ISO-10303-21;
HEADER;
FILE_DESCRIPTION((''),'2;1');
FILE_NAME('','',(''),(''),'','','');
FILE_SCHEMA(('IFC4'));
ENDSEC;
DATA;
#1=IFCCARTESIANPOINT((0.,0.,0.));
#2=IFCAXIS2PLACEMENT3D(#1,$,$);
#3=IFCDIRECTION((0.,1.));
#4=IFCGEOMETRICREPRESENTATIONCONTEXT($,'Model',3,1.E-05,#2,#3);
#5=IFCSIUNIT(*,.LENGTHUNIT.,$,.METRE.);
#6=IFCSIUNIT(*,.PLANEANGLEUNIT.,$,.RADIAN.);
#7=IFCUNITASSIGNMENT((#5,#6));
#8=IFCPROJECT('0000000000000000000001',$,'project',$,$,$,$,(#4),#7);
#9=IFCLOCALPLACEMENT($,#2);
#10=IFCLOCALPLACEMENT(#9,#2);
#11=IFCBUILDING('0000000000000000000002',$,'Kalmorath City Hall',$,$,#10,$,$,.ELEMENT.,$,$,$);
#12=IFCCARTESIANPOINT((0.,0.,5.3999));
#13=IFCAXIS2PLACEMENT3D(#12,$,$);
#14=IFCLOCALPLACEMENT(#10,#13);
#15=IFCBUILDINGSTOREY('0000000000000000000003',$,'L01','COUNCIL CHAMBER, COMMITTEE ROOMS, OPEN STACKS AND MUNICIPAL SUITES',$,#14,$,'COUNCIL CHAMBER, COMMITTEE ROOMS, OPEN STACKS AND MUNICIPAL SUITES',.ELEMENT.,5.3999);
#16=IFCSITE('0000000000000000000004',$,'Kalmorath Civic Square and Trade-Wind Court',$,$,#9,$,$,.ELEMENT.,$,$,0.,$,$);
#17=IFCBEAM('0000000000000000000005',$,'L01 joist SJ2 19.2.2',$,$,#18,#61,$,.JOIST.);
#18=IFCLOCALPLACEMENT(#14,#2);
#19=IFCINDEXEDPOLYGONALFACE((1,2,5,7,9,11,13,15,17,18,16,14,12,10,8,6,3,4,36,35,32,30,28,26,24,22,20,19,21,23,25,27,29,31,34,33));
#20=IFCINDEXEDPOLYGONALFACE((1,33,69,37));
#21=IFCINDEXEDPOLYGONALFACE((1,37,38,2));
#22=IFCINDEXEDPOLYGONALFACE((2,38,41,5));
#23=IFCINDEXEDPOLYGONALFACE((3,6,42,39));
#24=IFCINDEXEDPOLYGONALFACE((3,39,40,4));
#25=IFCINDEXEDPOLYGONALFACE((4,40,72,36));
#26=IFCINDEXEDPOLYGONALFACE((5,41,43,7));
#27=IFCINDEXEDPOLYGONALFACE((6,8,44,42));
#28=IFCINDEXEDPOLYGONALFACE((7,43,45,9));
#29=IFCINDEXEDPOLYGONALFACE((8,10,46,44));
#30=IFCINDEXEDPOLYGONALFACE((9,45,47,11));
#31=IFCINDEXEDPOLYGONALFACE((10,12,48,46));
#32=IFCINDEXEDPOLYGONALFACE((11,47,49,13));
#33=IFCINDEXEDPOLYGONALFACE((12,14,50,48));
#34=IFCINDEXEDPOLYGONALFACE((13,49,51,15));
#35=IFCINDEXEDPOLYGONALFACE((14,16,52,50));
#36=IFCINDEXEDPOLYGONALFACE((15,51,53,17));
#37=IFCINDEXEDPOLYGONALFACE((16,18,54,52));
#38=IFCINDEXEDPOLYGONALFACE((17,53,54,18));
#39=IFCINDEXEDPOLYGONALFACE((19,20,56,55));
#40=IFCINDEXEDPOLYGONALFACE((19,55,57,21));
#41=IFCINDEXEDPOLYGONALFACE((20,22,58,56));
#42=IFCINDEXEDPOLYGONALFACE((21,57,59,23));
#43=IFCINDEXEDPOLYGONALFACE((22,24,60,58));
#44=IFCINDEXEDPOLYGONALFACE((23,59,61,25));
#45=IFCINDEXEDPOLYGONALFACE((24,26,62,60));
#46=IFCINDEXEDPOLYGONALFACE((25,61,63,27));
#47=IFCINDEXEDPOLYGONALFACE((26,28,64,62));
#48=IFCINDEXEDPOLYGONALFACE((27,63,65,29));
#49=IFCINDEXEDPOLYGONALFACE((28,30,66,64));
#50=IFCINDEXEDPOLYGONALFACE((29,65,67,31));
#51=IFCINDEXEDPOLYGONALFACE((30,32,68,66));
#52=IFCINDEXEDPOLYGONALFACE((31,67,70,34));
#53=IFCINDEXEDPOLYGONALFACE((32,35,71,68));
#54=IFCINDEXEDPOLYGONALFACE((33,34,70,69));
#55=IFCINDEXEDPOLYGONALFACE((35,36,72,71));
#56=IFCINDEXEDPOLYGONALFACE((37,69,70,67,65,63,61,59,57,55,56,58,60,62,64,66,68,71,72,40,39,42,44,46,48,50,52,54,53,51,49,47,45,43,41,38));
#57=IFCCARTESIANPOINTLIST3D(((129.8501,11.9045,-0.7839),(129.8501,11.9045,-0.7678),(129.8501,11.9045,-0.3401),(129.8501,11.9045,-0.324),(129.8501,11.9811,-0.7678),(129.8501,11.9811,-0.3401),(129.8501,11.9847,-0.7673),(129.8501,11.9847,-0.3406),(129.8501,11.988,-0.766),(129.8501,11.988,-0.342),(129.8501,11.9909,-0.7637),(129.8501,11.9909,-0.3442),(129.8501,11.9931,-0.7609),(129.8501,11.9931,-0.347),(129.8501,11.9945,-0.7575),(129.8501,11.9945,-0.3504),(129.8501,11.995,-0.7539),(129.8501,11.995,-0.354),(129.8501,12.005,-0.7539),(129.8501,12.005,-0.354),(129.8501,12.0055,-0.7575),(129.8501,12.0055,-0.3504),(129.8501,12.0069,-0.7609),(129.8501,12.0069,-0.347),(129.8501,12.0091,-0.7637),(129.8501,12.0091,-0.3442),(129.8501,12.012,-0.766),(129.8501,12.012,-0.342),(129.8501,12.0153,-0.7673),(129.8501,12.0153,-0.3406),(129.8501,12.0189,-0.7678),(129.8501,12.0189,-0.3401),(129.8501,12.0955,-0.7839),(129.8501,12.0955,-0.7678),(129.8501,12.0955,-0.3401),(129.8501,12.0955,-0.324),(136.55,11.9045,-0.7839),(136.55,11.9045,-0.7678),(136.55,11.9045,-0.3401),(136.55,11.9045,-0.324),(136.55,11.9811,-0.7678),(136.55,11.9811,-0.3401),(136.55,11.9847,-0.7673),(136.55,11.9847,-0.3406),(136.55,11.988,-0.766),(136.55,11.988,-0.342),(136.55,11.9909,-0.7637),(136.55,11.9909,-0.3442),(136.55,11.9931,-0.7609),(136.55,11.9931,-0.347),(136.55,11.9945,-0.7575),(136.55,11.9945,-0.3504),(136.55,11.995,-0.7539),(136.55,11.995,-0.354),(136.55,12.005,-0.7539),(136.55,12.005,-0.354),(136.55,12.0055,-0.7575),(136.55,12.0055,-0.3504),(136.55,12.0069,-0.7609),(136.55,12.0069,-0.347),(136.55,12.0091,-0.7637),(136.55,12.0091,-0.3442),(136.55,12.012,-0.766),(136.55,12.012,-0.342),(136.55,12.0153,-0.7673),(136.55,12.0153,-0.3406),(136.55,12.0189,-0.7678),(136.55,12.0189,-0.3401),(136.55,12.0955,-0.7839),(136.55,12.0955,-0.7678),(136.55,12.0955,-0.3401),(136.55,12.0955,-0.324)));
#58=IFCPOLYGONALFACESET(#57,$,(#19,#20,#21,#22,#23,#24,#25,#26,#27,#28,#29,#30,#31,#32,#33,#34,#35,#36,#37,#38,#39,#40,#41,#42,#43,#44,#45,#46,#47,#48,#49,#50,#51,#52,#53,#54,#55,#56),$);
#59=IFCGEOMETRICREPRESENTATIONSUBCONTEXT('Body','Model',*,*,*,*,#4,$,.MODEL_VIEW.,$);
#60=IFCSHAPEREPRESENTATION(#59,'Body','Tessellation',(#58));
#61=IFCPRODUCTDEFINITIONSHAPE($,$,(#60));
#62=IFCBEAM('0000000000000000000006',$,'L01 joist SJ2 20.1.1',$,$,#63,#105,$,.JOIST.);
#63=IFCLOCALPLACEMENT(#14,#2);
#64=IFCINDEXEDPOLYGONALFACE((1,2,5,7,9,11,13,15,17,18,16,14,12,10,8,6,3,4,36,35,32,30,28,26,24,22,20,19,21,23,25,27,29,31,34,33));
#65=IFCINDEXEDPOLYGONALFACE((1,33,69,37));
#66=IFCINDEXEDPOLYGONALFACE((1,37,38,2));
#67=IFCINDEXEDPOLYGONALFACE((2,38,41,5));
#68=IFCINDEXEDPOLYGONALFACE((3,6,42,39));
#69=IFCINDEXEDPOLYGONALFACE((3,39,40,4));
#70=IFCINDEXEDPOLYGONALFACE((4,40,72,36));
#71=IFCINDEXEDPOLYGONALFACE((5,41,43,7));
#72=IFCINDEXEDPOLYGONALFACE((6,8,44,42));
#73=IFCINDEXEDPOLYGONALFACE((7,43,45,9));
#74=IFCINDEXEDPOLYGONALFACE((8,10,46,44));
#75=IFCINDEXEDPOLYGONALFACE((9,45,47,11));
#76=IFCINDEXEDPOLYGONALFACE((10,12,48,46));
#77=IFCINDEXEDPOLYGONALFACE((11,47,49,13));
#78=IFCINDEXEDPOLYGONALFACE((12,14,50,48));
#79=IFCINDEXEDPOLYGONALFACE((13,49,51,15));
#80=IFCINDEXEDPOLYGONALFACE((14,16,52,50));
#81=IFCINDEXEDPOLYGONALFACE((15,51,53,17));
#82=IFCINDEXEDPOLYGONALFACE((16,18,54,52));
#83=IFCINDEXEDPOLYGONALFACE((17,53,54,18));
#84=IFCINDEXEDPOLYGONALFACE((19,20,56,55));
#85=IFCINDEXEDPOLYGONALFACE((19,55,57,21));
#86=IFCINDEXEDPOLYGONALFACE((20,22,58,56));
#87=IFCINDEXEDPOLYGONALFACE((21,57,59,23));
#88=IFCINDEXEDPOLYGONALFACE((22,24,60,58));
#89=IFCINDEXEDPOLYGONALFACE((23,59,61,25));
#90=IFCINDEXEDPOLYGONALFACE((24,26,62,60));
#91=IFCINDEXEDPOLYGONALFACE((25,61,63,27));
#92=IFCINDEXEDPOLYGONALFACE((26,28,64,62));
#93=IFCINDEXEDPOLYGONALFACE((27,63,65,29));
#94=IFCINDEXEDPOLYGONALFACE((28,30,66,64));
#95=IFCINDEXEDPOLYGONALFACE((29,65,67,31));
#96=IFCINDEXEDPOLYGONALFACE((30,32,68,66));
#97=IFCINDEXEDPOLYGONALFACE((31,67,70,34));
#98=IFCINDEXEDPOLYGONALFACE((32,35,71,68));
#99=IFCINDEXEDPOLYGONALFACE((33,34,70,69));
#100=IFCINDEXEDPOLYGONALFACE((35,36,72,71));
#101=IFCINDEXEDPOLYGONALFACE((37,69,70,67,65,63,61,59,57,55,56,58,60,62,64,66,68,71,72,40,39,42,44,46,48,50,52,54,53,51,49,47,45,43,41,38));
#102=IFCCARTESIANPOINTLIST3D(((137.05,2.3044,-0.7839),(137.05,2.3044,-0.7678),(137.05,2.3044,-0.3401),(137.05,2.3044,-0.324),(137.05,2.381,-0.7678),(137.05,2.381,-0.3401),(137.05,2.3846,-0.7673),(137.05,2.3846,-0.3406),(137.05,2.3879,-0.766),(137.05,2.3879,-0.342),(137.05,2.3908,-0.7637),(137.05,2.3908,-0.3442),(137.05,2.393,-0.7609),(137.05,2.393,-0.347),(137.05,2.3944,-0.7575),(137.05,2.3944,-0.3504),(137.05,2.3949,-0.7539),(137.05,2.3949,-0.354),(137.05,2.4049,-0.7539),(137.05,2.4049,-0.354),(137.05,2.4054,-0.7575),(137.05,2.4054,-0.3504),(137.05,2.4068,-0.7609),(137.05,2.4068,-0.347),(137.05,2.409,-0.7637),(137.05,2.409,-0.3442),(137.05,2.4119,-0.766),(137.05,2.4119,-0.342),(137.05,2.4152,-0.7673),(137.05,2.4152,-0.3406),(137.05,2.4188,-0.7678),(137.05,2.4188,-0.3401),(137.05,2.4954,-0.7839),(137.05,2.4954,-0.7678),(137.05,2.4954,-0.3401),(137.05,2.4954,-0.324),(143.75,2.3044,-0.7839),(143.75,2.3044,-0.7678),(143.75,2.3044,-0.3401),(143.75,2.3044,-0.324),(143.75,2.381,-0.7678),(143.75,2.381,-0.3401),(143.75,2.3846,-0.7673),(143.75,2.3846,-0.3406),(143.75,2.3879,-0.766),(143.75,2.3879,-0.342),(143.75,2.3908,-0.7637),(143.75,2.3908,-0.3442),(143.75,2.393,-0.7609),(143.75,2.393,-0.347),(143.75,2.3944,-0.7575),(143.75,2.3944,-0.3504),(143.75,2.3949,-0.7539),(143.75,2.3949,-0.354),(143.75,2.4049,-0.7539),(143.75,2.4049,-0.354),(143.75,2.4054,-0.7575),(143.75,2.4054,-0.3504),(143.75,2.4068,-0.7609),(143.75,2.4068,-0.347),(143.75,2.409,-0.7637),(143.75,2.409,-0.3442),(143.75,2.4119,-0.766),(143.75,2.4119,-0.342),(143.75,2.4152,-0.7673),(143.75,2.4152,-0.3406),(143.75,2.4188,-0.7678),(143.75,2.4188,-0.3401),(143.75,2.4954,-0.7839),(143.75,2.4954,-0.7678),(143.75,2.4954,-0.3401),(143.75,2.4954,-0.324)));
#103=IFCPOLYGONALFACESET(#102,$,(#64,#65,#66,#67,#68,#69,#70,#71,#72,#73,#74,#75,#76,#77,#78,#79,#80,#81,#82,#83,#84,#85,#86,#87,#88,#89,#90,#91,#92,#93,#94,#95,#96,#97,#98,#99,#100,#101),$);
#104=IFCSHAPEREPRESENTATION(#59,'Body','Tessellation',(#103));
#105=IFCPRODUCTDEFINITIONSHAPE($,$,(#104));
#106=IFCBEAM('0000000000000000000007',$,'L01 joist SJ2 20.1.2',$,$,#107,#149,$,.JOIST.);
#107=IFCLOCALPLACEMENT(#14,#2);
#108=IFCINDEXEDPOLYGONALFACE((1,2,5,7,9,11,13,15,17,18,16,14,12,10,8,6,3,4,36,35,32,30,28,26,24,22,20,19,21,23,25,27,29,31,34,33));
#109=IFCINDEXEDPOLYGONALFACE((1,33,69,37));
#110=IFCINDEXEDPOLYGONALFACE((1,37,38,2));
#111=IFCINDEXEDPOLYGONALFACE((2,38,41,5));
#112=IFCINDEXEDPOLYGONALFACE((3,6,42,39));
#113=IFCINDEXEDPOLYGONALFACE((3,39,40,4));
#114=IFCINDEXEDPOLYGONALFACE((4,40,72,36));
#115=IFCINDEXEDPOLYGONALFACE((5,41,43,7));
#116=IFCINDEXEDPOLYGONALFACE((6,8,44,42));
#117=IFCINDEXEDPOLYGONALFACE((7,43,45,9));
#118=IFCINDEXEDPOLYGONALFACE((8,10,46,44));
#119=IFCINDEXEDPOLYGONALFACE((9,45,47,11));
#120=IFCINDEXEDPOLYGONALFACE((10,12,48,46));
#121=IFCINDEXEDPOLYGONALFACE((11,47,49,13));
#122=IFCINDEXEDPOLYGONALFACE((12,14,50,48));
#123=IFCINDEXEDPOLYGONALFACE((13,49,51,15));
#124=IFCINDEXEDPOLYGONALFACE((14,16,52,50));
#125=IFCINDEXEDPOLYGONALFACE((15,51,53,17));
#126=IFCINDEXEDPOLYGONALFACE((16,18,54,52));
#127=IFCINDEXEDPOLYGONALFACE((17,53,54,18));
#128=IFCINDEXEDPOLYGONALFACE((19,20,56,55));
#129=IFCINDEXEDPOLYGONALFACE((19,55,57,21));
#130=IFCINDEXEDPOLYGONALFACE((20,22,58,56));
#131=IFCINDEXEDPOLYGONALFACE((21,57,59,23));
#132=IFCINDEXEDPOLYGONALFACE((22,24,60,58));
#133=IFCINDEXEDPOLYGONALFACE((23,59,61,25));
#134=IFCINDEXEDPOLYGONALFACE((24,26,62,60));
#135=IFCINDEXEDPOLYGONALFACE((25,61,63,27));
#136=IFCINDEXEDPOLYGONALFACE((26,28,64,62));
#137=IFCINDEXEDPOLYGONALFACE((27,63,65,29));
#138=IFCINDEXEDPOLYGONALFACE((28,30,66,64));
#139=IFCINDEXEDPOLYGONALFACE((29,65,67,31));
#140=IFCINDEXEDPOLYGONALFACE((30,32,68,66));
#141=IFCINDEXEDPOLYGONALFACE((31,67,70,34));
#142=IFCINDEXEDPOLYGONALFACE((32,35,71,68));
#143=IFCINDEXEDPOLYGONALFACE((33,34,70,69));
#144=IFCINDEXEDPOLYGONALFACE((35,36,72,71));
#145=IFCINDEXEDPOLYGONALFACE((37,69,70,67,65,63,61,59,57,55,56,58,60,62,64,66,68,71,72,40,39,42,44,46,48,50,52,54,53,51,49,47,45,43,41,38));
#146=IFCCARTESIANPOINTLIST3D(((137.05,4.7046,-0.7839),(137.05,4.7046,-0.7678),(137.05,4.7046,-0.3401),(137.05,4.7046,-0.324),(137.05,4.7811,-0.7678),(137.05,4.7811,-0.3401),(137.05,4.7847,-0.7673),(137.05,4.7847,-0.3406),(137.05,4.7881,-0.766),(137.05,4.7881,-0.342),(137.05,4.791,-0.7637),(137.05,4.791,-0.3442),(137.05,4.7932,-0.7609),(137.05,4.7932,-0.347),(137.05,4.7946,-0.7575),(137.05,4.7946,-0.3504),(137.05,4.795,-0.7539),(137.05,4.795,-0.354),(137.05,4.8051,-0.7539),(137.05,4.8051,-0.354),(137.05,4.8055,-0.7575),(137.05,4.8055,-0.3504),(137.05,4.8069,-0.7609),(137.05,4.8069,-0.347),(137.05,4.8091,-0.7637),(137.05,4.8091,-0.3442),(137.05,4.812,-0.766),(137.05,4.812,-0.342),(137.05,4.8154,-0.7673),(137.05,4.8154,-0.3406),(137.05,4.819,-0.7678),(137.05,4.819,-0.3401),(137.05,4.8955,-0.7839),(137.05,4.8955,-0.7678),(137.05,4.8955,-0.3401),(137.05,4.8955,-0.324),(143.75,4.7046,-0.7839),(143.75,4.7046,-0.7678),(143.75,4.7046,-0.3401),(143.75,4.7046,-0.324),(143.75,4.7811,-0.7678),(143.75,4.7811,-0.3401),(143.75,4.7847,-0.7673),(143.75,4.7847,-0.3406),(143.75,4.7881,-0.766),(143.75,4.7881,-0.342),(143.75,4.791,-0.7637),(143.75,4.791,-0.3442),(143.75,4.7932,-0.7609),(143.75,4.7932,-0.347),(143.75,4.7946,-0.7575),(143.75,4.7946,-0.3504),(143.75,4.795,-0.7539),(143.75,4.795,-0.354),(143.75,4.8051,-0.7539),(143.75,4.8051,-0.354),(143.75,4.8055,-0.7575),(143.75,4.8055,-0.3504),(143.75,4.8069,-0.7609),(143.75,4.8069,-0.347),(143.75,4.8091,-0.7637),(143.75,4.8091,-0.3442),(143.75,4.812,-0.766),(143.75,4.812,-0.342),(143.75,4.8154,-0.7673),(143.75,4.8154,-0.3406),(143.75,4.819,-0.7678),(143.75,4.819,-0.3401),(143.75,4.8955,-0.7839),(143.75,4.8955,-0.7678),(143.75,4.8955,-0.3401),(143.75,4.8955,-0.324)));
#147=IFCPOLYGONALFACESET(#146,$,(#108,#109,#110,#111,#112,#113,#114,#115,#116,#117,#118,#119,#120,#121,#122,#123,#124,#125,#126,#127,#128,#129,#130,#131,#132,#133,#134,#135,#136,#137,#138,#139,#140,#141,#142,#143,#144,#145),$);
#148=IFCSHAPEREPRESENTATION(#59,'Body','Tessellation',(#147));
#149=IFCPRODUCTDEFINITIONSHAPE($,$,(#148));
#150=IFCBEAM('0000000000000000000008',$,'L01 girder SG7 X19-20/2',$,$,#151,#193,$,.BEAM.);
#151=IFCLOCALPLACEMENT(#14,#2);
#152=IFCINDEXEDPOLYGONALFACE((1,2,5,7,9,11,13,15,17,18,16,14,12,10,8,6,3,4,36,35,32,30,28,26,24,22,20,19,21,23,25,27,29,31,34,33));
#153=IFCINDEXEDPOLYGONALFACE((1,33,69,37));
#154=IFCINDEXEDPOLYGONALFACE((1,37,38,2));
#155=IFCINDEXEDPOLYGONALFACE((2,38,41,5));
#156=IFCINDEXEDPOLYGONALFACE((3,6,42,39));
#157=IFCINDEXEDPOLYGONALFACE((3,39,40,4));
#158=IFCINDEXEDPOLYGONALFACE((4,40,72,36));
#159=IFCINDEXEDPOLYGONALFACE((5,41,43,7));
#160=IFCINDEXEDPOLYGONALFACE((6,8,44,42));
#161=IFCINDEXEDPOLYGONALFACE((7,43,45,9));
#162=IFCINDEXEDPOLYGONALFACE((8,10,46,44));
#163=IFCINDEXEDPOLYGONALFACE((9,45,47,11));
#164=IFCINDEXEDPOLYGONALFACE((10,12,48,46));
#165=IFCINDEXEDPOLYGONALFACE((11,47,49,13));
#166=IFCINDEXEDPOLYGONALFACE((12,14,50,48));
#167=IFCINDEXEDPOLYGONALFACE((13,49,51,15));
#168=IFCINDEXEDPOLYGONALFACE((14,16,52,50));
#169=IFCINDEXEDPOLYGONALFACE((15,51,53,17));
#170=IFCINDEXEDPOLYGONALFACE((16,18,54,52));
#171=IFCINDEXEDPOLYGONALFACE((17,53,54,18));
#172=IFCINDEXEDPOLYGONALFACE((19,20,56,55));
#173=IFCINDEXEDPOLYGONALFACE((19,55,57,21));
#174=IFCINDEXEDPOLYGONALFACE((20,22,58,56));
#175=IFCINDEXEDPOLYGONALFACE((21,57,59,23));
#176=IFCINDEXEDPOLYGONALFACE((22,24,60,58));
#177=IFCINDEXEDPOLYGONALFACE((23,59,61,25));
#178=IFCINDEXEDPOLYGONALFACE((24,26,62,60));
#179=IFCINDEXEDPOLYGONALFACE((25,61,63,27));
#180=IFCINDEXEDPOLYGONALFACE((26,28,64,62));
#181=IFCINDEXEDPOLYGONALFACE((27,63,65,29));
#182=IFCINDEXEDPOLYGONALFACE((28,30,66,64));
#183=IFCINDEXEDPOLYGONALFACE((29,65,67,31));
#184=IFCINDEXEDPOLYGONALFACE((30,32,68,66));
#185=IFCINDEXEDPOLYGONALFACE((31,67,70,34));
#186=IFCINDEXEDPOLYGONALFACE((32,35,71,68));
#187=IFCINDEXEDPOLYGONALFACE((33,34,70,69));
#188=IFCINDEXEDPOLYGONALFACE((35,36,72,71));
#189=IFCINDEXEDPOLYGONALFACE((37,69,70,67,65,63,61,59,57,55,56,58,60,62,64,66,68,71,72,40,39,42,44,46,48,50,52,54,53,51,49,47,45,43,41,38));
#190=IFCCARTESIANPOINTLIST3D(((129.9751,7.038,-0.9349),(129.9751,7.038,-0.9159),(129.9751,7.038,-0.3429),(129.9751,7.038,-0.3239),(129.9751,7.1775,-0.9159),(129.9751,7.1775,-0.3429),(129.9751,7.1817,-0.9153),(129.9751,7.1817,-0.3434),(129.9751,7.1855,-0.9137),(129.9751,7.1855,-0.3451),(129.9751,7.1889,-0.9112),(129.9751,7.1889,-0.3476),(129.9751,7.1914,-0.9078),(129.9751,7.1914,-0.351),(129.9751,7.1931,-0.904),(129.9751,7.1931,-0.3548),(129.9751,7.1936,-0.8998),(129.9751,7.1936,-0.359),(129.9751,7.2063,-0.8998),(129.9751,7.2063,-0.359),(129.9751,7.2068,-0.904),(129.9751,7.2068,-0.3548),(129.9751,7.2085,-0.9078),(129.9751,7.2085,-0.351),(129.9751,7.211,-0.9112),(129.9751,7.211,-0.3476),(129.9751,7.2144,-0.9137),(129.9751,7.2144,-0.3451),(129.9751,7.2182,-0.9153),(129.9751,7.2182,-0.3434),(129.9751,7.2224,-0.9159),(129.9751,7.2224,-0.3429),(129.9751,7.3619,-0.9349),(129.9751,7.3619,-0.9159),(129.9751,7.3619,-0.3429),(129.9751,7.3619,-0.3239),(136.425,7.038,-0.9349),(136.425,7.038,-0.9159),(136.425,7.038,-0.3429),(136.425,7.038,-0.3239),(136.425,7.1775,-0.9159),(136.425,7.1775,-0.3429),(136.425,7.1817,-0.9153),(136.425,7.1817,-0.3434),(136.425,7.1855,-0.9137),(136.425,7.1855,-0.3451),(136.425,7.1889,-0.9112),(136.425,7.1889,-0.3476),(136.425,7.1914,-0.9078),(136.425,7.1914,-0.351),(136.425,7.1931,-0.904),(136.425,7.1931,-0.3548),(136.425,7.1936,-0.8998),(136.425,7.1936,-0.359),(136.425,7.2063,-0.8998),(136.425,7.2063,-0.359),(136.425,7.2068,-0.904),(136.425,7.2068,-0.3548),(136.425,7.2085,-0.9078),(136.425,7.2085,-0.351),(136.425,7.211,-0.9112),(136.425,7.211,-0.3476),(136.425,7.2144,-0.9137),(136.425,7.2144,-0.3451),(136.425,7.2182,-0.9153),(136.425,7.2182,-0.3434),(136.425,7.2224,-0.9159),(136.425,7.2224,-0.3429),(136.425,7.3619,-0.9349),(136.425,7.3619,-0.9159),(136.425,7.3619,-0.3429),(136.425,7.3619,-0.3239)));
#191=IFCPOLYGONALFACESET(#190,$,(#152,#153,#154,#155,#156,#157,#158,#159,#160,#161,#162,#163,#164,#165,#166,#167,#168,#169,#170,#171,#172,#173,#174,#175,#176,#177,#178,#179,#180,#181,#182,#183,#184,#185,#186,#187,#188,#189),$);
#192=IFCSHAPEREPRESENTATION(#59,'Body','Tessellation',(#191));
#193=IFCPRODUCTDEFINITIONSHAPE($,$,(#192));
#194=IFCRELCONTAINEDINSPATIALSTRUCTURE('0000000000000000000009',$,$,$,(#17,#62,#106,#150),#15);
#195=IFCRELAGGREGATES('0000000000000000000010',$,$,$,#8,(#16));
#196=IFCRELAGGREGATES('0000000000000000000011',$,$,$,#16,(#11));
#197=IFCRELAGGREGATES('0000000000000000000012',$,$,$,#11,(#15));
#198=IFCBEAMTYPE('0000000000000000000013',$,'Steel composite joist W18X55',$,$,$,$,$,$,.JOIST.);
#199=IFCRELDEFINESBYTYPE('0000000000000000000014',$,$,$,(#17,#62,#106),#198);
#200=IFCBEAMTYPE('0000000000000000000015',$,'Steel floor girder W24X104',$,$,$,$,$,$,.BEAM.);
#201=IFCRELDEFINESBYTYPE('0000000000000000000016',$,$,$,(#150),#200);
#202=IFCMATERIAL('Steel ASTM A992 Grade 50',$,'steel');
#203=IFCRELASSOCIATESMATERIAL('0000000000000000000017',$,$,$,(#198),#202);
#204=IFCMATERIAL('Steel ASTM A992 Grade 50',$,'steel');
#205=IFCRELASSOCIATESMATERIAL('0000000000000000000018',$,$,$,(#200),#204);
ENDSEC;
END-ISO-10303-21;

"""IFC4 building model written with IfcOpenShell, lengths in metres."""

from ifc_helpers import new_model, si_unit, direction, frame, origin, origin_2d, place, context, subcontext, project, spatial, i_section, extrude, material, material_profile, profile_set, type_object, element, save


model = new_model("IFC4")

# Units and contexts
model_context = context("Model", 3, precision=1e-05, world=origin(), true_north=direction((0.0, 1.0)))
body_context = subcontext(model_context, "Body", "Model", "MODEL_VIEW")
ifc_project = project(units=[si_unit("LENGTHUNIT", "METRE"), si_unit("PLANEANGLEUNIT", "RADIAN")], contexts=[model_context])

# Site, building, storey
site_placement = place(None, origin())
site = spatial("IfcSite", under=ifc_project, at=site_placement, Name="Kalmorath Civic Square and Trade-Wind Court", CompositionType="ELEMENT", RefElevation=0.0)
building_placement = place(site_placement, origin())
building = spatial("IfcBuilding", under=site, at=building_placement, Name="Kalmorath City Hall", CompositionType="ELEMENT")
storey_placement = place(building_placement, frame((0.0, 0.0, 5.3999)))
storey = spatial("IfcBuildingStorey", under=building, at=storey_placement, Name="L01", Description="COUNCIL CHAMBER, COMMITTEE ROOMS, OPEN STACKS AND MUNICIPAL SUITES", LongName="COUNCIL CHAMBER, COMMITTEE ROOMS, OPEN STACKS AND MUNICIPAL SUITES", CompositionType="ELEMENT", Elevation=5.3999)

# Beams
ifc_material_1 = material(Name="Steel ASTM A992 Grade 50", Category="steel")
ifc_material_profile_1 = material_profile(ifc_material_1, i_section(OverallWidth=0.1909, OverallDepth=0.46, WebThickness=0.01, FlangeThickness=0.0161, FilletRadius=0.0139, at=origin_2d()), Name="W18X55")
ifc_profile_set_1 = profile_set([ifc_material_profile_1], Name="Steel ASTM A992 Grade 50")
beam_type_1 = type_object("IfcBeamType", Name="Steel composite joist W18X55", PredefinedType="JOIST", material=ifc_profile_set_1)
for number, where, z_axis, x_axis, name in (
    (1, (129.8501, 12.0, -0.554), (1.0, 0.0, 0.0), (0.0, 1.0, 0.0), "L01 joist SJ2 19.2.2"),
    (2, (137.05, 2.3999, -0.554), (1.0, 0.0, 0.0), (0.0, 1.0, 0.0), "L01 joist SJ2 20.1.1"),
    (3, (137.05, 4.8, -0.554), (1.0, 0.0, 0.0), (0.0, 1.0, 0.0), "L01 joist SJ2 20.1.2"),
):
    element("IfcBeam", number, at=place(storey_placement, frame(where, z_axis=z_axis, x_axis=x_axis)), inside=storey, type_object=beam_type_1, Name=name, PredefinedType="JOIST", context=body_context, shape_type="SweptSolid", body=[
        extrude(i_section(OverallWidth=0.1909, OverallDepth=0.46, WebThickness=0.01, FlangeThickness=0.0161, FilletRadius=0.0139, at=origin_2d()), origin(), (0.0, 0.0, 1.0), 6.7),
    ])
ifc_material_2 = material(Name="Steel ASTM A992 Grade 50", Category="steel")
ifc_material_profile_2 = material_profile(ifc_material_2, i_section(OverallWidth=0.324, OverallDepth=0.6111, WebThickness=0.0127, FlangeThickness=0.019, FilletRadius=0.0161, at=origin_2d()), Name="W24X104")
ifc_profile_set_2 = profile_set([ifc_material_profile_2], Name="Steel ASTM A992 Grade 50")
beam_type_2 = type_object("IfcBeamType", Name="Steel floor girder W24X104", PredefinedType="BEAM", material=ifc_profile_set_2)
beam_1_placement = place(storey_placement, frame((129.9751, 7.2, -0.6294), z_axis=(1.0, 0.0, 0.0), x_axis=(0.0, 1.0, 0.0)))
element("IfcBeam", 4, at=beam_1_placement, inside=storey, type_object=beam_type_2, Name="L01 girder SG7 X19-20/2", PredefinedType="BEAM", context=body_context, shape_type="SweptSolid", body=[
    extrude(i_section(OverallWidth=0.324, OverallDepth=0.6111, WebThickness=0.0127, FlangeThickness=0.019, FilletRadius=0.0161, at=origin_2d()), origin(), (0.0, 0.0, 1.0), 6.45),
])

save(model, "model.ifc")
